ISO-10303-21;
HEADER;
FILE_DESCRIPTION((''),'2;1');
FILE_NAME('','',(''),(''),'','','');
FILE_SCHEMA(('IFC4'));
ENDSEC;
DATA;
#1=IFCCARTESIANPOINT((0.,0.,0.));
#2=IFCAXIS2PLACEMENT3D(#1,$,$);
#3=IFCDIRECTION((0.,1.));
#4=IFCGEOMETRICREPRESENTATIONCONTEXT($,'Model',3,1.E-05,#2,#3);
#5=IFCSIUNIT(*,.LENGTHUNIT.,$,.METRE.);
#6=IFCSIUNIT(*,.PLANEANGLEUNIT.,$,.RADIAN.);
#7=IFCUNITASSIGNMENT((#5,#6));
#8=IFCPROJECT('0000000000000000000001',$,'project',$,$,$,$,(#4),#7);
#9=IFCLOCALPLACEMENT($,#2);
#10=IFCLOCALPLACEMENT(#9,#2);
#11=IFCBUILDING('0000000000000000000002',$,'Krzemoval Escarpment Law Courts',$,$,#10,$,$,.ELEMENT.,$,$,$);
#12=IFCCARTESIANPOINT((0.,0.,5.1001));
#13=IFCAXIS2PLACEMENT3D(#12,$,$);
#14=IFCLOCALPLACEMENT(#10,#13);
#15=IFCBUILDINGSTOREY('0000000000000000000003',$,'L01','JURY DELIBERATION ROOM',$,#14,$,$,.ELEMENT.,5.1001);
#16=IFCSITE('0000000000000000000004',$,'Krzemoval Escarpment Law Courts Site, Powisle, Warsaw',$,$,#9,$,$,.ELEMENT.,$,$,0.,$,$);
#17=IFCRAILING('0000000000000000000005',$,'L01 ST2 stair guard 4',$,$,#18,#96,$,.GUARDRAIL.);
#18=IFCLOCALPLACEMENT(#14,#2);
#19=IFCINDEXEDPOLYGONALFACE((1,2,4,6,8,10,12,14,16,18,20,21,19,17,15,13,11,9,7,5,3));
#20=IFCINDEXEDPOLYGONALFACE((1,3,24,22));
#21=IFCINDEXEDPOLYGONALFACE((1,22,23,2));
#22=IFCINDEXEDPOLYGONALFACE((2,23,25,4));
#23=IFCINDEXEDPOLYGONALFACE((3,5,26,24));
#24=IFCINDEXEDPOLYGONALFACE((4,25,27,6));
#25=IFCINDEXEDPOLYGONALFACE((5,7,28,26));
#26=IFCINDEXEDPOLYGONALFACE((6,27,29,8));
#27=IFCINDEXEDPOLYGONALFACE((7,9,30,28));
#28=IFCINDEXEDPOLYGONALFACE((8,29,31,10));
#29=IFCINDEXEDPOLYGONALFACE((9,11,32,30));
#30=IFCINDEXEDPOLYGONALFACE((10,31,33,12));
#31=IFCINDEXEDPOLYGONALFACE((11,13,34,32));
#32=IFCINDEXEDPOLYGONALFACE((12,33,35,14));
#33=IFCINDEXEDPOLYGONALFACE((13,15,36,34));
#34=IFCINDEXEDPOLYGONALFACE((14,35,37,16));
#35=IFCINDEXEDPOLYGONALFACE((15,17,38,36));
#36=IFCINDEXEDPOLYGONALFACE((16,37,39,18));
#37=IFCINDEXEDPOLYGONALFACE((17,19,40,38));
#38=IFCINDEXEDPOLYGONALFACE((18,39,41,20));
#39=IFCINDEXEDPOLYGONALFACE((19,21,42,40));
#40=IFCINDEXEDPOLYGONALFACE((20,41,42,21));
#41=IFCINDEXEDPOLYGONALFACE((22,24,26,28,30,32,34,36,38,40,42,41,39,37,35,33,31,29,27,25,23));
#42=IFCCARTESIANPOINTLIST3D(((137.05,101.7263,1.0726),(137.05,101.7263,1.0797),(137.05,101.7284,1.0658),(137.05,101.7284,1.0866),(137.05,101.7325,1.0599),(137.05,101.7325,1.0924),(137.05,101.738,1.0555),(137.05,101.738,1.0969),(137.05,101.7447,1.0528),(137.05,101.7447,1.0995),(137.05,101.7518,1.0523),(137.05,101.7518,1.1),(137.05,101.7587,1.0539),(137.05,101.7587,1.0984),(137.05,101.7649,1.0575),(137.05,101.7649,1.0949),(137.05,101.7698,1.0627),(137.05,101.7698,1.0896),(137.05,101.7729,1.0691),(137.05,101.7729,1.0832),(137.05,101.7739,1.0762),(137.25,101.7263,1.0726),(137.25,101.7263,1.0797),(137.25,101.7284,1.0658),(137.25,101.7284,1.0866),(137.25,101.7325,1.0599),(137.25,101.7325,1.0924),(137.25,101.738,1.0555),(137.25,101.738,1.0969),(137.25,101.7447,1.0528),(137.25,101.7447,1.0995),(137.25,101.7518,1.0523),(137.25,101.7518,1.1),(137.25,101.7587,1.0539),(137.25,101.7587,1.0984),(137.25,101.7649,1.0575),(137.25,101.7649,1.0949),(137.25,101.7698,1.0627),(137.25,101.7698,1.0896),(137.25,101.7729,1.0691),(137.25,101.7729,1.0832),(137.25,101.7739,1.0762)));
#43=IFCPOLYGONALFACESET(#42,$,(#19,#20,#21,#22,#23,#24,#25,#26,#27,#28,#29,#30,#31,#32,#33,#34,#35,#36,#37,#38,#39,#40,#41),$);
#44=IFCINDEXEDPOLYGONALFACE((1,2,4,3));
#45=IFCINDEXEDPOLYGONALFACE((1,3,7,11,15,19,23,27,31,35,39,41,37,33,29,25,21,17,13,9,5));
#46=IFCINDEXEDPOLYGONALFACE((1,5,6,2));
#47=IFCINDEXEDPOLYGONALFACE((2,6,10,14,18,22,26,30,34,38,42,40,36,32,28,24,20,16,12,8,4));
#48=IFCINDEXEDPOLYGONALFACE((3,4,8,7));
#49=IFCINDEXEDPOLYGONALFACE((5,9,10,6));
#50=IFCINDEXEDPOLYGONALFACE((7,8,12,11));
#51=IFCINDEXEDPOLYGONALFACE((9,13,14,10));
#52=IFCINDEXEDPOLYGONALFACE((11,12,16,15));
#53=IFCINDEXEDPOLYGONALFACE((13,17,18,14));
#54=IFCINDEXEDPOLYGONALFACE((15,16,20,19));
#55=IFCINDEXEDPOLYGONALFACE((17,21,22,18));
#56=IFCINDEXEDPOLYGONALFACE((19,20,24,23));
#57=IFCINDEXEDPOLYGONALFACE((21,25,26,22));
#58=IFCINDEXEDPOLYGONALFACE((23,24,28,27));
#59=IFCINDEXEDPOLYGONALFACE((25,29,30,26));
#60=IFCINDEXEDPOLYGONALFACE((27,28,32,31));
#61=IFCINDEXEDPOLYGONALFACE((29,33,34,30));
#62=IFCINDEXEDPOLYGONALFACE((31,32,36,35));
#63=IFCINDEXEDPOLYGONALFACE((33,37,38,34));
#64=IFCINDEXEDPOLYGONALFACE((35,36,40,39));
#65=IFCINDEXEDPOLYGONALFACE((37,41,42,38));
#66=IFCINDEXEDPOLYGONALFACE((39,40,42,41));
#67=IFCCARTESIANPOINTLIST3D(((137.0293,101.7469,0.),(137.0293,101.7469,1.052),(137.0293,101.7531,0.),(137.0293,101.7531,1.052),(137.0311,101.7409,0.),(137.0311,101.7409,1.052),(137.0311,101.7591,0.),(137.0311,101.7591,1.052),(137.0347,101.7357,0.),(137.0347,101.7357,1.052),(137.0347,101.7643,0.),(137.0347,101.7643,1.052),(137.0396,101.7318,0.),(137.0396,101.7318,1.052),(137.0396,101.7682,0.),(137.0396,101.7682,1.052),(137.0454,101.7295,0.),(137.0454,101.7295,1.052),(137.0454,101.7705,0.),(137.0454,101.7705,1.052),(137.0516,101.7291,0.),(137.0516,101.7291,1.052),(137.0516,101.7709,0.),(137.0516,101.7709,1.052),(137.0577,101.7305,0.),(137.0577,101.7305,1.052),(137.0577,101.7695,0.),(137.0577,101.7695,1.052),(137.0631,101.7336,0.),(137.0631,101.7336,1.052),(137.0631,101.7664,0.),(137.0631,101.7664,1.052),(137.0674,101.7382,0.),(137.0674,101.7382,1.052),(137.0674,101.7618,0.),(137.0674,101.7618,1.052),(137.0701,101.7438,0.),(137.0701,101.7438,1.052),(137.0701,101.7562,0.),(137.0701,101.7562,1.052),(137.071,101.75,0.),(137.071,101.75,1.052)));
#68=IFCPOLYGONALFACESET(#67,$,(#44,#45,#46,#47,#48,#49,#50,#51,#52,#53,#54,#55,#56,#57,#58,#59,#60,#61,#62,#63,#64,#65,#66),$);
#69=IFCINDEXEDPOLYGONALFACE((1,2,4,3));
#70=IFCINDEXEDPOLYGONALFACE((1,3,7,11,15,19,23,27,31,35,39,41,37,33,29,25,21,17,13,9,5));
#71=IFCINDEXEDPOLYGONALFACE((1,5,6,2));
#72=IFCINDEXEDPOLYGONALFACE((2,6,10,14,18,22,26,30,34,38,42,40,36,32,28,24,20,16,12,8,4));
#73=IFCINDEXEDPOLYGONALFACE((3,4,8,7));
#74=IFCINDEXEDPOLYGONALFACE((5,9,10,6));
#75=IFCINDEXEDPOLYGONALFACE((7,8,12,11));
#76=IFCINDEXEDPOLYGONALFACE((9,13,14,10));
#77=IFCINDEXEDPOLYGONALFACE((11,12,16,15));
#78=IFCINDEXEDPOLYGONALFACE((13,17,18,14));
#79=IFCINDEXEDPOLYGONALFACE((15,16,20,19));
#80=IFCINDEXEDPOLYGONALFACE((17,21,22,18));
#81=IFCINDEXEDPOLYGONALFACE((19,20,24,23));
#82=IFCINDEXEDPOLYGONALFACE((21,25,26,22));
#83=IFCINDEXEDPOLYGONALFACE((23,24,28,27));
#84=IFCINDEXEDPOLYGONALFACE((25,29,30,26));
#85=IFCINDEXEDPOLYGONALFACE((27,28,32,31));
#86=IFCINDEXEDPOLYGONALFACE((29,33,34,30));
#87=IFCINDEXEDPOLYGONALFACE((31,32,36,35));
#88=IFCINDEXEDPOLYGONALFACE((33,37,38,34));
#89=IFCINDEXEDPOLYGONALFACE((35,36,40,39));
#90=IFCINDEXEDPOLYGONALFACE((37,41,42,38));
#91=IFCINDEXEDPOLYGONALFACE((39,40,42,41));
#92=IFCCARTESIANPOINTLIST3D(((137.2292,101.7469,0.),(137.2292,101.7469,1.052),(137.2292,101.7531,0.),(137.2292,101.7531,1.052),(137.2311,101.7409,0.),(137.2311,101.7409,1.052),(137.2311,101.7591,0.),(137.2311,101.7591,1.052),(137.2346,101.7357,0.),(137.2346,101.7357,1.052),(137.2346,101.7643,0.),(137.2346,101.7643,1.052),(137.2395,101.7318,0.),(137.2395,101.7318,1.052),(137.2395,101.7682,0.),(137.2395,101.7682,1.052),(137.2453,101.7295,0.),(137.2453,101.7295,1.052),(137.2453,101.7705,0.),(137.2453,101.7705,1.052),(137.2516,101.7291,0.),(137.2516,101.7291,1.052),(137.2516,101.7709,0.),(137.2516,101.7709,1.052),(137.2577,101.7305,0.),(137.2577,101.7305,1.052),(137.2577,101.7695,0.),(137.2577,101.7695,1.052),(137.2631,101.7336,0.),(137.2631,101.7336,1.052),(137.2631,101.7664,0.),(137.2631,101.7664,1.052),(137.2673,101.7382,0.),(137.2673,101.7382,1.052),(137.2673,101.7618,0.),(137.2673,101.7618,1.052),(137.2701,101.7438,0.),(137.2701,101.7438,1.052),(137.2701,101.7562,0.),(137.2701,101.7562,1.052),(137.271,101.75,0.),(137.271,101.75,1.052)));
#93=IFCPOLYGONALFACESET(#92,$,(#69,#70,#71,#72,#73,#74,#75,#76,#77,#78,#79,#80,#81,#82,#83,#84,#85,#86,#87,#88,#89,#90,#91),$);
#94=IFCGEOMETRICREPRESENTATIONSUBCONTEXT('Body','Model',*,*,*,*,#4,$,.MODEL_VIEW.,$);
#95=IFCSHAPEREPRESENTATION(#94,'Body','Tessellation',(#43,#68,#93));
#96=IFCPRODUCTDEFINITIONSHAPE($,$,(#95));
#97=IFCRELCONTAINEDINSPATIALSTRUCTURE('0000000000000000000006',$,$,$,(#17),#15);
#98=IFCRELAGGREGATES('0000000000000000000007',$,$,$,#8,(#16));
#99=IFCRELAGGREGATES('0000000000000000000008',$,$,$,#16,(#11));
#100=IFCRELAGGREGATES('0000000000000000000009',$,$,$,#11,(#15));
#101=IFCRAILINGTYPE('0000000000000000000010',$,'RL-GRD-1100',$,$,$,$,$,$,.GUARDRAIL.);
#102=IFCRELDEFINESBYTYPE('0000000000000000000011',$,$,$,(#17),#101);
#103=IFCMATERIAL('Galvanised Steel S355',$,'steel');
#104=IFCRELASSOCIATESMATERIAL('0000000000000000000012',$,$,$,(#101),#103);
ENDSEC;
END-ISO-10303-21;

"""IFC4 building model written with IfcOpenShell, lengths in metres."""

from ifc_helpers import new_model, si_unit, direction, frame, origin, origin_2d, place, context, subcontext, project, spatial, circle, extrude, material, type_object, element, save


model = new_model("IFC4")

# Units and contexts
model_context = context("Model", 3, precision=1e-05, world=origin(), true_north=direction((0.0, 1.0)))
body_context = subcontext(model_context, "Body", "Model", "MODEL_VIEW")
ifc_project = project(units=[si_unit("LENGTHUNIT", "METRE"), si_unit("PLANEANGLEUNIT", "RADIAN")], contexts=[model_context])

# Site, building, storey
site_placement = place(None, origin())
site = spatial("IfcSite", under=ifc_project, at=site_placement, Name="Krzemoval Escarpment Law Courts Site, Powisle, Warsaw", CompositionType="ELEMENT", RefElevation=0.0)
building_placement = place(site_placement, origin())
building = spatial("IfcBuilding", under=site, at=building_placement, Name="Krzemoval Escarpment Law Courts", CompositionType="ELEMENT")
storey_placement = place(building_placement, frame((0.0, 0.0, 5.1001)))
storey = spatial("IfcBuildingStorey", under=building, at=storey_placement, Name="L01", Description="JURY DELIBERATION ROOM", CompositionType="ELEMENT", Elevation=5.1001)

# Railing
ifc_material_1 = material(Name="Galvanised Steel S355", Category="steel")
railing_type_1 = type_object("IfcRailingType", Name="RL-GRD-1100", PredefinedType="GUARDRAIL", material=ifc_material_1)
railing_1_placement = place(storey_placement, frame((137.05, 101.75, 0.0)))
element("IfcRailing", 1, at=railing_1_placement, inside=storey, type_object=railing_type_1, Name="L01 ST2 stair guard 4", PredefinedType="GUARDRAIL", context=body_context, shape_type="SweptSolid", body=[
    extrude(circle(Radius=0.0239, at=origin_2d()), frame((0.0, 0.0, 1.0762), z_axis=(1.0, 0.0, 0.0), x_axis=(0.0, 1.0, 0.0)), (0.0, 0.0, 1.0), 0.2),
    extrude(circle(Radius=0.021, at=origin_2d()), origin(), (0.0, 0.0, 1.0), 1.052),
    extrude(circle(Radius=0.021, at=origin_2d()), frame((0.2, 0.0, 0.0)), (0.0, 0.0, 1.0), 1.052),
])

save(model, "model.ifc")
